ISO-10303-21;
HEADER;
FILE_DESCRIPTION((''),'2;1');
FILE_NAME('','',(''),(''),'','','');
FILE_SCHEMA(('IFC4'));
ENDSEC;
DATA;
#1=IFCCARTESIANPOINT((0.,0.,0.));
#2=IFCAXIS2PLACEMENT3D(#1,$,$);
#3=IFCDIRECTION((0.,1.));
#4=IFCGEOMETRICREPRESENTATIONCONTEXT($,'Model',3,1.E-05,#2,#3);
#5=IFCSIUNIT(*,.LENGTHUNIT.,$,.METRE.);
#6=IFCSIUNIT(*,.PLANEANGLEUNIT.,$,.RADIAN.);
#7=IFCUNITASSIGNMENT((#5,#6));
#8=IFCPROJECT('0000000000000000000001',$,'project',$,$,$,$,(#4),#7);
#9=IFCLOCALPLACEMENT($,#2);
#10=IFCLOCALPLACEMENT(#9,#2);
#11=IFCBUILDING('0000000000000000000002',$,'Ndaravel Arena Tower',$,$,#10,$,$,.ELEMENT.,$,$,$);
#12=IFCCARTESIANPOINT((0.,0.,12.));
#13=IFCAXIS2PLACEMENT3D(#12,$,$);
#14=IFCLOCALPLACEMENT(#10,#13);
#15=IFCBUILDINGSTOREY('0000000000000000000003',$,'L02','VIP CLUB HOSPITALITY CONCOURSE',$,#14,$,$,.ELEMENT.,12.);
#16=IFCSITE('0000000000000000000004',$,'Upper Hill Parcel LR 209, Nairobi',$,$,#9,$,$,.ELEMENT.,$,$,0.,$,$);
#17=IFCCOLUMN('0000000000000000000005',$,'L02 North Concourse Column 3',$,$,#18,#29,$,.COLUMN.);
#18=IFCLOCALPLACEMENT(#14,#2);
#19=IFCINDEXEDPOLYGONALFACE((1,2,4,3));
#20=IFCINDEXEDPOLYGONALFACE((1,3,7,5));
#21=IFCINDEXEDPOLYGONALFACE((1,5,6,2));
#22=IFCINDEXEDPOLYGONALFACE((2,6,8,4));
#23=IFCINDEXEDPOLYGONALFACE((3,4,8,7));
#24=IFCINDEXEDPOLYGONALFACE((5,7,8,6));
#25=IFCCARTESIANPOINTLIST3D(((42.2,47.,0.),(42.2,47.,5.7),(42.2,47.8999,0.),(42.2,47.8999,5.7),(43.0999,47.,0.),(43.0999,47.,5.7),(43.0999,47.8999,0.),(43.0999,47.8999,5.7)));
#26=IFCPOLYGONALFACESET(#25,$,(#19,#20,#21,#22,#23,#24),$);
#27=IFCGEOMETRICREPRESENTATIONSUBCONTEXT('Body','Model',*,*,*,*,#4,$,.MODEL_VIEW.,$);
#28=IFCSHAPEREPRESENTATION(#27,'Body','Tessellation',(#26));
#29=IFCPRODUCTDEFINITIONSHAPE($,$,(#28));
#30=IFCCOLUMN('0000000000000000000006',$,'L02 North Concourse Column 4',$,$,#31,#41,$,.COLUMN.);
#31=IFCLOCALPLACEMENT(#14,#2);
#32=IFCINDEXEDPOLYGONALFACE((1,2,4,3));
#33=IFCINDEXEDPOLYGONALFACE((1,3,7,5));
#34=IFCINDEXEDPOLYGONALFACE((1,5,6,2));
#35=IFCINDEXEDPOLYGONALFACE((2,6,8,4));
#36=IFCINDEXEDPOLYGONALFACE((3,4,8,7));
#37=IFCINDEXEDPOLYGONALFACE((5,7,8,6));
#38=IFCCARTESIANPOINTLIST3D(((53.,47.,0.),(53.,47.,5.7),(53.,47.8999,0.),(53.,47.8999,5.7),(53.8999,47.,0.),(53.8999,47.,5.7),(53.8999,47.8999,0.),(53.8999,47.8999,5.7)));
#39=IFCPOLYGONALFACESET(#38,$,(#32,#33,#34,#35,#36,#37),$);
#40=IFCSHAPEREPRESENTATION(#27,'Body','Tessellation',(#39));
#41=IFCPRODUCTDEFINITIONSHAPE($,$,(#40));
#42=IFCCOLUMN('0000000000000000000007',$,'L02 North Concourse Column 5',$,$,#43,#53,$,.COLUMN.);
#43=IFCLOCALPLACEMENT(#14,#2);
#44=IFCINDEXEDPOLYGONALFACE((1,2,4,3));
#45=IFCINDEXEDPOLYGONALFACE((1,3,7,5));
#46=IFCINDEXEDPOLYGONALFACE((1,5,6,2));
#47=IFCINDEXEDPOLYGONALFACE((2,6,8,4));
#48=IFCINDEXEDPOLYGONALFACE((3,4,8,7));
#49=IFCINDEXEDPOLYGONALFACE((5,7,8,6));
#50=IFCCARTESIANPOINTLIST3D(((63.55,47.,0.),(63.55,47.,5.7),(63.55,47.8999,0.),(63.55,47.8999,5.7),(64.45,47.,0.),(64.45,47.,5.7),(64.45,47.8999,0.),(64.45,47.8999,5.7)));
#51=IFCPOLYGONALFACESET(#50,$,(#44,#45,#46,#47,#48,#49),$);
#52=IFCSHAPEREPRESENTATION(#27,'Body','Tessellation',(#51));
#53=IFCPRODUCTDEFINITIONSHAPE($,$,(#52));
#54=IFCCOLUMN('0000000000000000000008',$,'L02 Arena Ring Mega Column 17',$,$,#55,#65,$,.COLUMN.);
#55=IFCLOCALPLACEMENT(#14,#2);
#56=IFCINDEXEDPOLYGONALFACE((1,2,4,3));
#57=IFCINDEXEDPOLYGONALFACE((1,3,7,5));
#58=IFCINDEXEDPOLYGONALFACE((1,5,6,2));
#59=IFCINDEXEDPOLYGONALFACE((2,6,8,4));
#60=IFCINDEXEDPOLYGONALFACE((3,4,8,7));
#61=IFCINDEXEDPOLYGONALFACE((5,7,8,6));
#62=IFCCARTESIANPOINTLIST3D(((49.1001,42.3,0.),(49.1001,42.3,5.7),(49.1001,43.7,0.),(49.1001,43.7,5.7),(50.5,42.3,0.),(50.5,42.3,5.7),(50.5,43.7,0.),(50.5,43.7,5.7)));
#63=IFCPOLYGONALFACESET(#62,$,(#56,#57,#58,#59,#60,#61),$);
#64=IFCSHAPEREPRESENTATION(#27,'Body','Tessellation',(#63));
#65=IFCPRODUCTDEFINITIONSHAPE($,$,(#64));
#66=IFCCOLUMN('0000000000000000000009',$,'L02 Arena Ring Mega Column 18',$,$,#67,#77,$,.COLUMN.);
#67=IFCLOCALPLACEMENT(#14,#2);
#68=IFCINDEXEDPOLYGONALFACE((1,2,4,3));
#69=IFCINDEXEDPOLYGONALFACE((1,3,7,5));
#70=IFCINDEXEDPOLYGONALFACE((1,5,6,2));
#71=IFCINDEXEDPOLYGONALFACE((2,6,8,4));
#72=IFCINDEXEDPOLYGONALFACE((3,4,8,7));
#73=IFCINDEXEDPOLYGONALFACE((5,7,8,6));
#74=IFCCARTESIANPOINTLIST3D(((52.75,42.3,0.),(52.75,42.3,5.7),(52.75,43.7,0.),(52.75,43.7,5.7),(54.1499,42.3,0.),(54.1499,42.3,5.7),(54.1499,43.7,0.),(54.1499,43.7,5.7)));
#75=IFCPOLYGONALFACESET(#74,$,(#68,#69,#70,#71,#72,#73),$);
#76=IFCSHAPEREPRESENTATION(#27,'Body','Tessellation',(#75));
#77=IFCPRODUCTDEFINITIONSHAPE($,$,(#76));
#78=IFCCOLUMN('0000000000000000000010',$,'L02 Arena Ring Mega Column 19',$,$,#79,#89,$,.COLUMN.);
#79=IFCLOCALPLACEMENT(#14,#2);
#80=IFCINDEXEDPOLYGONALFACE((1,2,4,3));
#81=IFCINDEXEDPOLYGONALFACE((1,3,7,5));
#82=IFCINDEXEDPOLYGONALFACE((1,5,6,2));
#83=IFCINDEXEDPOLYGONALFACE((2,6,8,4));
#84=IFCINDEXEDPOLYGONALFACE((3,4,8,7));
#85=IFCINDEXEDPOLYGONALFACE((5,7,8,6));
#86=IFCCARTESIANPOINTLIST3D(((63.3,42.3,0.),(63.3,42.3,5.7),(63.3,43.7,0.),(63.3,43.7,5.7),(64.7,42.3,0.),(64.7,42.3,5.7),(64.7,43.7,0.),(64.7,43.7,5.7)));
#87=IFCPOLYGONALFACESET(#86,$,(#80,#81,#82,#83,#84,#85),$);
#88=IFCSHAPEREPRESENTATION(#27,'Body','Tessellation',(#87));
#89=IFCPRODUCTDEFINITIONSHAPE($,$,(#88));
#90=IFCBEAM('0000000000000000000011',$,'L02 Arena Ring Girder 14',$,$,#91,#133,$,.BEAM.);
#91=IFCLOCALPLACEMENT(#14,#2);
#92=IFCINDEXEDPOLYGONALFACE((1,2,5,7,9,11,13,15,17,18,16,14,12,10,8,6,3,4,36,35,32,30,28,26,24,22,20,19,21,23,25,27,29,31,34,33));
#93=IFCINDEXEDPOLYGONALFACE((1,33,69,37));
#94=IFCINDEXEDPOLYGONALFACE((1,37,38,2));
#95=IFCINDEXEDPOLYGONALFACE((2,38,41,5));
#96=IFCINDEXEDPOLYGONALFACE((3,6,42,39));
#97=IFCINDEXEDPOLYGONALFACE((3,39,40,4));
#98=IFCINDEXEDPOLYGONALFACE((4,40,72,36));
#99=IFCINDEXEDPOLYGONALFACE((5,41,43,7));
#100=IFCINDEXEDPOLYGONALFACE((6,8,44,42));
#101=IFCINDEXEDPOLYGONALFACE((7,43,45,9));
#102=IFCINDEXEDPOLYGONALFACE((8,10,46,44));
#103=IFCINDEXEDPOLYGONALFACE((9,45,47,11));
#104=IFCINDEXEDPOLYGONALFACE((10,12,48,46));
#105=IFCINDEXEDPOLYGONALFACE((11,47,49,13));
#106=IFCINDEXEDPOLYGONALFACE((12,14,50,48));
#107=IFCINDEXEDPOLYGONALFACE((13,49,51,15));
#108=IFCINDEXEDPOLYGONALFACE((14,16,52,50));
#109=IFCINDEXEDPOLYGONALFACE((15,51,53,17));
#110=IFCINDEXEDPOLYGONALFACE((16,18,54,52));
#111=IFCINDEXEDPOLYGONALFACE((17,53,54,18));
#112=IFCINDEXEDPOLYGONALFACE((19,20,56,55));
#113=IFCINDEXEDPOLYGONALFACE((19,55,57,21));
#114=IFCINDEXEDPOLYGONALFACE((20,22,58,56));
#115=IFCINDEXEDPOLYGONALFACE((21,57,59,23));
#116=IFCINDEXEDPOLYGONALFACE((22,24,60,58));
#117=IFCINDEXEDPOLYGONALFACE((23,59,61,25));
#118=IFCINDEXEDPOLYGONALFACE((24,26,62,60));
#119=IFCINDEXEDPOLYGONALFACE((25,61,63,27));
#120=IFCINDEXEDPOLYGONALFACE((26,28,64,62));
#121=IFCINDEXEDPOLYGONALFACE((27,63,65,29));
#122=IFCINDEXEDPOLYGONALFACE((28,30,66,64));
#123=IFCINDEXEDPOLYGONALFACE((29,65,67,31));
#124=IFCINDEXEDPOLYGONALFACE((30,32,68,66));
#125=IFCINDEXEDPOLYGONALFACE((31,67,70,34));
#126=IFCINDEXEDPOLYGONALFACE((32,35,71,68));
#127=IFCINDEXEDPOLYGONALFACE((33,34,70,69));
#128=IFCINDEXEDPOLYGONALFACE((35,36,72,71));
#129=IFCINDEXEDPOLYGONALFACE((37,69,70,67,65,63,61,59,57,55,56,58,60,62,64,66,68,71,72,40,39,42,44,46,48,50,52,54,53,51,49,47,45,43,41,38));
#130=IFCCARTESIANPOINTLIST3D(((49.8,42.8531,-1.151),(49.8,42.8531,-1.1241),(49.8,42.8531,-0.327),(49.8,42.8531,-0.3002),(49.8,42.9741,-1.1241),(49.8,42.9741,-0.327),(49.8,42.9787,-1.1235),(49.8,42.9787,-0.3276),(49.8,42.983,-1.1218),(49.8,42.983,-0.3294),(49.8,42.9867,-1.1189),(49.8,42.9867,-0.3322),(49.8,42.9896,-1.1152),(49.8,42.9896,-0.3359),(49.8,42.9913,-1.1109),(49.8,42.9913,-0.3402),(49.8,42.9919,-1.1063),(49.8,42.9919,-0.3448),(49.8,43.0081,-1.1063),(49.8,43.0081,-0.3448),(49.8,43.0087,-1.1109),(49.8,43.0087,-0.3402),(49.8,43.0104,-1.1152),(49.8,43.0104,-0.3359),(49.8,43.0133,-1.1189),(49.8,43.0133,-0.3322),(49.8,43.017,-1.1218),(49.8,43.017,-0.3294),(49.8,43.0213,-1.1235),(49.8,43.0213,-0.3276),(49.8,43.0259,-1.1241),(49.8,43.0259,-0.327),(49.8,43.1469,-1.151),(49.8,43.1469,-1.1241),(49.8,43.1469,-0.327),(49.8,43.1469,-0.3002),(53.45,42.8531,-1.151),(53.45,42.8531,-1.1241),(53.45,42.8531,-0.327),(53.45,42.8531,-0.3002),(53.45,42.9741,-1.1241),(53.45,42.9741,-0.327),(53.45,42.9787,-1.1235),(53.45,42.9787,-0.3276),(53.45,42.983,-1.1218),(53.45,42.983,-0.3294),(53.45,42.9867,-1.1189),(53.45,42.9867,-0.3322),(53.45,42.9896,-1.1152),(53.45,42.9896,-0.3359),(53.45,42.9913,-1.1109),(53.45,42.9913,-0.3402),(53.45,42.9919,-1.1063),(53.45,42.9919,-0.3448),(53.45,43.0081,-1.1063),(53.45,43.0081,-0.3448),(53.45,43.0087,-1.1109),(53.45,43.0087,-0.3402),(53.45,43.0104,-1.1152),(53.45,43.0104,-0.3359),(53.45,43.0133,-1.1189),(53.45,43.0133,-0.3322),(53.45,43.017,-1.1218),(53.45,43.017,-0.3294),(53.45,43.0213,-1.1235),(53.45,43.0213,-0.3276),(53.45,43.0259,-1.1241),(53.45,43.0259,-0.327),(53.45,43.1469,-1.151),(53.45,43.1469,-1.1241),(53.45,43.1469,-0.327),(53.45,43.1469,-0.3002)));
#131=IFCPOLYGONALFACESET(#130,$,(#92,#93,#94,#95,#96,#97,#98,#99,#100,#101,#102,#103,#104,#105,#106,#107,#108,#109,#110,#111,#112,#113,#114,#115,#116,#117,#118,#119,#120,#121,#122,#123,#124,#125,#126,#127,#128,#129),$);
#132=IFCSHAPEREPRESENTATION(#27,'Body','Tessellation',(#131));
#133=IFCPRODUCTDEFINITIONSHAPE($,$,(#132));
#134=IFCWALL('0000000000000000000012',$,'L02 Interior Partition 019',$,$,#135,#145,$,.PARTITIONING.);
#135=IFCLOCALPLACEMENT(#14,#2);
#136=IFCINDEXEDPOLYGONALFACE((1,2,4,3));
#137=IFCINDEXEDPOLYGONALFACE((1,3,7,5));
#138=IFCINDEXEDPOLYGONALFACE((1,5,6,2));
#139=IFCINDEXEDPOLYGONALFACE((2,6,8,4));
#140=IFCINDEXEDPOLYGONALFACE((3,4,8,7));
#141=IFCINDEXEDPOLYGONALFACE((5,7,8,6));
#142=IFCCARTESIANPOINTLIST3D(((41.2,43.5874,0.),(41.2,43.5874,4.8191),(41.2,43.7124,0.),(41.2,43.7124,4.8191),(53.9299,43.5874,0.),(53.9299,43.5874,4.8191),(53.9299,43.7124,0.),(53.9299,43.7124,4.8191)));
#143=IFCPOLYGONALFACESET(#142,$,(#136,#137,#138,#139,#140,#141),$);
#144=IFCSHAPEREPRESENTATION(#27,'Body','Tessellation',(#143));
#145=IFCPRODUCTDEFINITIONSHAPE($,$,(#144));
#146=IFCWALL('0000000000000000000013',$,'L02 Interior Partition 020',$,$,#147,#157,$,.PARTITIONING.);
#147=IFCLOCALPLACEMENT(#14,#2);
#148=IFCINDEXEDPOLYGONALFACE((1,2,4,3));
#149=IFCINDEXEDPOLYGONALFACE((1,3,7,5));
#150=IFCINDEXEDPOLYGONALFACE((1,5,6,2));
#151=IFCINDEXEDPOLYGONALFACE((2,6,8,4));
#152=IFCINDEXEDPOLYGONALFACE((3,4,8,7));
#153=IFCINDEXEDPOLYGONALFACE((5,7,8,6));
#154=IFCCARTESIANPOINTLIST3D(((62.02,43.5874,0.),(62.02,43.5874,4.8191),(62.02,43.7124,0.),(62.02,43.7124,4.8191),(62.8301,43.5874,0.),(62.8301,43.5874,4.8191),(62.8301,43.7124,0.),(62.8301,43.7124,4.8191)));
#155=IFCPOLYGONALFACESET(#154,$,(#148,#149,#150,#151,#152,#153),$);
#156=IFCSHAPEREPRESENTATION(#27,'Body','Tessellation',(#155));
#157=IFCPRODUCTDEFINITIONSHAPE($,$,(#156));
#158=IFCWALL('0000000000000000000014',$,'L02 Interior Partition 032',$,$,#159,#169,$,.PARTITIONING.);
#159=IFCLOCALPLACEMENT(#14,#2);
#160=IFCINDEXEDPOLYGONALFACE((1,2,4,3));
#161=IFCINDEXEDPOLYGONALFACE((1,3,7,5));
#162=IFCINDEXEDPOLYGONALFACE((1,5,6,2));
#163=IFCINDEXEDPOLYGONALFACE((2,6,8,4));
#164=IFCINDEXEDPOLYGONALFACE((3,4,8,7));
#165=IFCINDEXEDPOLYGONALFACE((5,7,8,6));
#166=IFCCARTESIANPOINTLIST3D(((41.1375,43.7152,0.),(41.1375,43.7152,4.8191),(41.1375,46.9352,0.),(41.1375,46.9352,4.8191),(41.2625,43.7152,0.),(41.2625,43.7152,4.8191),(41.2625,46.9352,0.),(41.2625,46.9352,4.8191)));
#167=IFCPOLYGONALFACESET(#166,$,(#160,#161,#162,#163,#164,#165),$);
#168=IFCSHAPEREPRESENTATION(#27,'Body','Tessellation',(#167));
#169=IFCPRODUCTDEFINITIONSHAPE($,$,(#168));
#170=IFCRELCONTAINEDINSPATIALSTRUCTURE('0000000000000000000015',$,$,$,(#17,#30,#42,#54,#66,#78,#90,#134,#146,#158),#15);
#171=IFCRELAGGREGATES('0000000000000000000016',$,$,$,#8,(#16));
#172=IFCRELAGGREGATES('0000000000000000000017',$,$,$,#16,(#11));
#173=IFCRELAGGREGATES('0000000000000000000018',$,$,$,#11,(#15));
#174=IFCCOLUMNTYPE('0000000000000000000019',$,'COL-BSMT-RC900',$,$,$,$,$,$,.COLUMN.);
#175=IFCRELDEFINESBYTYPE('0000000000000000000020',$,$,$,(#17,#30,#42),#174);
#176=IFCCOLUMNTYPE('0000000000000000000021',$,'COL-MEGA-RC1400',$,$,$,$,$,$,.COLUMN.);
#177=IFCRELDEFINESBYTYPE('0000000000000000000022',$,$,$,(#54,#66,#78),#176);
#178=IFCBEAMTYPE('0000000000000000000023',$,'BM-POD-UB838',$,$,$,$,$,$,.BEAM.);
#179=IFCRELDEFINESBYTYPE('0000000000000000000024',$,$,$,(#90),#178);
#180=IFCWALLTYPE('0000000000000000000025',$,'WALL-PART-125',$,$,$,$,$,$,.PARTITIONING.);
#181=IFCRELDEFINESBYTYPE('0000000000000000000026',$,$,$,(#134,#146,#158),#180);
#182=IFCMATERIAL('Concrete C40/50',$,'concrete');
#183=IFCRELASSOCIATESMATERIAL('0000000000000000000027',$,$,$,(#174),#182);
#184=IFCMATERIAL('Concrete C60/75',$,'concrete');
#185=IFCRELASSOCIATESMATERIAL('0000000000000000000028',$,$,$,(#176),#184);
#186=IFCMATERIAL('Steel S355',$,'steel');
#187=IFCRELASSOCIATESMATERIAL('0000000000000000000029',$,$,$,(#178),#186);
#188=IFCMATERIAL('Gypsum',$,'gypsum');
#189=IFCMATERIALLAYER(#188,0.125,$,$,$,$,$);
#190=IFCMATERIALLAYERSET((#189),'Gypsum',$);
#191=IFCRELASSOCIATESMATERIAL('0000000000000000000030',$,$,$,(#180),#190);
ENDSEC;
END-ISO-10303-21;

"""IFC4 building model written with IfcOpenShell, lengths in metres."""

from ifc_helpers import new_model, si_unit, direction, frame, frame_2d, origin, origin_2d, place, context, subcontext, project, spatial, rectangle, i_section, extrude, material, layer, layer_set, material_profile, profile_set, type_object, element, save


model = new_model("IFC4")

# Units and contexts
model_context = context("Model", 3, precision=1e-05, world=origin(), true_north=direction((0.0, 1.0)))
body_context = subcontext(model_context, "Body", "Model", "MODEL_VIEW")
ifc_project = project(units=[si_unit("LENGTHUNIT", "METRE"), si_unit("PLANEANGLEUNIT", "RADIAN")], contexts=[model_context])

# Site, building, storey
site_placement = place(None, origin())
site = spatial("IfcSite", under=ifc_project, at=site_placement, Name="Upper Hill Parcel LR 209, Nairobi", CompositionType="ELEMENT", RefElevation=0.0)
building_placement = place(site_placement, origin())
building = spatial("IfcBuilding", under=site, at=building_placement, Name="Ndaravel Arena Tower", CompositionType="ELEMENT")
storey_placement = place(building_placement, frame((0.0, 0.0, 12.0)))
storey = spatial("IfcBuildingStorey", under=building, at=storey_placement, Name="L02", Description="VIP CLUB HOSPITALITY CONCOURSE", CompositionType="ELEMENT", Elevation=12.0)

# Columns
ifc_material_1 = material(Name="Concrete C40/50", Category="concrete")
ifc_material_profile_1 = material_profile(ifc_material_1, rectangle(XDim=0.8999, YDim=0.8999, at=origin_2d()), Name="RC 900x900")
ifc_profile_set_1 = profile_set([ifc_material_profile_1], Name="Concrete C40/50")
column_type_1 = type_object("IfcColumnType", Name="COL-BSMT-RC900", PredefinedType="COLUMN", material=ifc_profile_set_1)
for number, where, z_axis, x_axis, name in (
    (1, (42.6499, 47.45, 0.0), (0.0, 0.0, 1.0), (1.0, 0.0, 0.0), "L02 North Concourse Column 3"),
    (2, (53.45, 47.45, 0.0), (0.0, 0.0, 1.0), (1.0, 0.0, 0.0), "L02 North Concourse Column 4"),
    (3, (64.0, 47.45, 0.0), (0.0, 0.0, 1.0), (1.0, 0.0, 0.0), "L02 North Concourse Column 5"),
):
    element("IfcColumn", number, at=place(storey_placement, frame(where, z_axis=z_axis, x_axis=x_axis)), inside=storey, type_object=column_type_1, Name=name, PredefinedType="COLUMN", context=body_context, shape_type="SweptSolid", body=[
        extrude(rectangle(XDim=0.8999, YDim=0.8999, at=origin_2d()), origin(), (0.0, 0.0, 1.0), 5.7),
    ])
ifc_material_2 = material(Name="Concrete C60/75", Category="concrete")
ifc_material_profile_2 = material_profile(ifc_material_2, rectangle(XDim=1.3999, YDim=1.3999, at=origin_2d()), Name="RC 1400x1400")
ifc_profile_set_2 = profile_set([ifc_material_profile_2], Name="Concrete C60/75")
column_type_2 = type_object("IfcColumnType", Name="COL-MEGA-RC1400", PredefinedType="COLUMN", material=ifc_profile_set_2)
for number, where, z_axis, x_axis, name in (
    (4, (49.8, 43.0, 0.0), (0.0, 0.0, 1.0), (1.0, 0.0, 0.0), "L02 Arena Ring Mega Column 17"),
    (5, (53.45, 43.0, 0.0), (0.0, 0.0, 1.0), (1.0, 0.0, 0.0), "L02 Arena Ring Mega Column 18"),
    (6, (64.0, 43.0, 0.0), (0.0, 0.0, 1.0), (1.0, 0.0, 0.0), "L02 Arena Ring Mega Column 19"),
):
    element("IfcColumn", number, at=place(storey_placement, frame(where, z_axis=z_axis, x_axis=x_axis)), inside=storey, type_object=column_type_2, Name=name, PredefinedType="COLUMN", context=body_context, shape_type="SweptSolid", body=[
        extrude(rectangle(XDim=1.3999, YDim=1.3999, at=origin_2d()), origin(), (0.0, 0.0, 1.0), 5.7),
    ])

# Beam
ifc_material_3 = material(Name="Steel S355", Category="steel")
ifc_material_profile_3 = material_profile(ifc_material_3, i_section(OverallWidth=0.2937, OverallDepth=0.8508, WebThickness=0.0161, FlangeThickness=0.0269, FilletRadius=0.0178, at=origin_2d()), Name="UB 838x292x226")
ifc_profile_set_3 = profile_set([ifc_material_profile_3], Name="Steel S355")
beam_type = type_object("IfcBeamType", Name="BM-POD-UB838", PredefinedType="BEAM", material=ifc_profile_set_3)
beam_placement = place(storey_placement, frame((49.8, 43.0, -0.7256), z_axis=(1.0, 0.0, 0.0), x_axis=(0.0, 1.0, 0.0)))
element("IfcBeam", 7, at=beam_placement, inside=storey, type_object=beam_type, Name="L02 Arena Ring Girder 14", PredefinedType="BEAM", context=body_context, shape_type="SweptSolid", body=[
    extrude(i_section(OverallWidth=0.2937, OverallDepth=0.8508, WebThickness=0.0161, FlangeThickness=0.0269, FilletRadius=0.0178, at=origin_2d()), origin(), (0.0, 0.0, 1.0), 3.6499),
])

# Walls
ifc_material_4 = material(Name="Gypsum", Category="gypsum")
ifc_layer_1 = layer(ifc_material_4, 0.125)
ifc_layer_set_1 = layer_set([ifc_layer_1], Name="Gypsum")
wall_type_1 = type_object("IfcWallType", Name="WALL-PART-125", PredefinedType="PARTITIONING", material=ifc_layer_set_1)
wall_1_placement = place(storey_placement, frame((41.2, 43.6499, 0.0), z_axis=(0.0, 0.0, 1.0), x_axis=(1.0, 0.0, 0.0)))
element("IfcWall", 8, at=wall_1_placement, inside=storey, type_object=wall_type_1, Name="L02 Interior Partition 019", PredefinedType="PARTITIONING", context=body_context, shape_type="SweptSolid", body=[
    extrude(rectangle(XDim=12.73, YDim=0.125, at=frame_2d((6.365, 0.0))), origin(), (0.0, 0.0, 1.0), 4.8191),
])
wall_2_placement = place(storey_placement, frame((62.02, 43.6499, 0.0), z_axis=(0.0, 0.0, 1.0), x_axis=(1.0, 0.0, 0.0)))
element("IfcWall", 9, at=wall_2_placement, inside=storey, type_object=wall_type_1, Name="L02 Interior Partition 020", PredefinedType="PARTITIONING", context=body_context, shape_type="SweptSolid", body=[
    extrude(rectangle(XDim=0.8101, YDim=0.125, at=frame_2d((0.405, 0.0))), origin(), (0.0, 0.0, 1.0), 4.8191),
])
wall_3_placement = place(storey_placement, frame((41.2, 46.9351, 0.0), z_axis=(0.0, 0.0, 1.0), x_axis=(0.0, -1.0, 0.0)))
element("IfcWall", 10, at=wall_3_placement, inside=storey, type_object=wall_type_1, Name="L02 Interior Partition 032", PredefinedType="PARTITIONING", context=body_context, shape_type="SweptSolid", body=[
    extrude(rectangle(XDim=3.22, YDim=0.125, at=frame_2d((1.6099, 0.0))), origin(), (0.0, 0.0, 1.0), 4.8191),
])

save(model, "model.ifc")
